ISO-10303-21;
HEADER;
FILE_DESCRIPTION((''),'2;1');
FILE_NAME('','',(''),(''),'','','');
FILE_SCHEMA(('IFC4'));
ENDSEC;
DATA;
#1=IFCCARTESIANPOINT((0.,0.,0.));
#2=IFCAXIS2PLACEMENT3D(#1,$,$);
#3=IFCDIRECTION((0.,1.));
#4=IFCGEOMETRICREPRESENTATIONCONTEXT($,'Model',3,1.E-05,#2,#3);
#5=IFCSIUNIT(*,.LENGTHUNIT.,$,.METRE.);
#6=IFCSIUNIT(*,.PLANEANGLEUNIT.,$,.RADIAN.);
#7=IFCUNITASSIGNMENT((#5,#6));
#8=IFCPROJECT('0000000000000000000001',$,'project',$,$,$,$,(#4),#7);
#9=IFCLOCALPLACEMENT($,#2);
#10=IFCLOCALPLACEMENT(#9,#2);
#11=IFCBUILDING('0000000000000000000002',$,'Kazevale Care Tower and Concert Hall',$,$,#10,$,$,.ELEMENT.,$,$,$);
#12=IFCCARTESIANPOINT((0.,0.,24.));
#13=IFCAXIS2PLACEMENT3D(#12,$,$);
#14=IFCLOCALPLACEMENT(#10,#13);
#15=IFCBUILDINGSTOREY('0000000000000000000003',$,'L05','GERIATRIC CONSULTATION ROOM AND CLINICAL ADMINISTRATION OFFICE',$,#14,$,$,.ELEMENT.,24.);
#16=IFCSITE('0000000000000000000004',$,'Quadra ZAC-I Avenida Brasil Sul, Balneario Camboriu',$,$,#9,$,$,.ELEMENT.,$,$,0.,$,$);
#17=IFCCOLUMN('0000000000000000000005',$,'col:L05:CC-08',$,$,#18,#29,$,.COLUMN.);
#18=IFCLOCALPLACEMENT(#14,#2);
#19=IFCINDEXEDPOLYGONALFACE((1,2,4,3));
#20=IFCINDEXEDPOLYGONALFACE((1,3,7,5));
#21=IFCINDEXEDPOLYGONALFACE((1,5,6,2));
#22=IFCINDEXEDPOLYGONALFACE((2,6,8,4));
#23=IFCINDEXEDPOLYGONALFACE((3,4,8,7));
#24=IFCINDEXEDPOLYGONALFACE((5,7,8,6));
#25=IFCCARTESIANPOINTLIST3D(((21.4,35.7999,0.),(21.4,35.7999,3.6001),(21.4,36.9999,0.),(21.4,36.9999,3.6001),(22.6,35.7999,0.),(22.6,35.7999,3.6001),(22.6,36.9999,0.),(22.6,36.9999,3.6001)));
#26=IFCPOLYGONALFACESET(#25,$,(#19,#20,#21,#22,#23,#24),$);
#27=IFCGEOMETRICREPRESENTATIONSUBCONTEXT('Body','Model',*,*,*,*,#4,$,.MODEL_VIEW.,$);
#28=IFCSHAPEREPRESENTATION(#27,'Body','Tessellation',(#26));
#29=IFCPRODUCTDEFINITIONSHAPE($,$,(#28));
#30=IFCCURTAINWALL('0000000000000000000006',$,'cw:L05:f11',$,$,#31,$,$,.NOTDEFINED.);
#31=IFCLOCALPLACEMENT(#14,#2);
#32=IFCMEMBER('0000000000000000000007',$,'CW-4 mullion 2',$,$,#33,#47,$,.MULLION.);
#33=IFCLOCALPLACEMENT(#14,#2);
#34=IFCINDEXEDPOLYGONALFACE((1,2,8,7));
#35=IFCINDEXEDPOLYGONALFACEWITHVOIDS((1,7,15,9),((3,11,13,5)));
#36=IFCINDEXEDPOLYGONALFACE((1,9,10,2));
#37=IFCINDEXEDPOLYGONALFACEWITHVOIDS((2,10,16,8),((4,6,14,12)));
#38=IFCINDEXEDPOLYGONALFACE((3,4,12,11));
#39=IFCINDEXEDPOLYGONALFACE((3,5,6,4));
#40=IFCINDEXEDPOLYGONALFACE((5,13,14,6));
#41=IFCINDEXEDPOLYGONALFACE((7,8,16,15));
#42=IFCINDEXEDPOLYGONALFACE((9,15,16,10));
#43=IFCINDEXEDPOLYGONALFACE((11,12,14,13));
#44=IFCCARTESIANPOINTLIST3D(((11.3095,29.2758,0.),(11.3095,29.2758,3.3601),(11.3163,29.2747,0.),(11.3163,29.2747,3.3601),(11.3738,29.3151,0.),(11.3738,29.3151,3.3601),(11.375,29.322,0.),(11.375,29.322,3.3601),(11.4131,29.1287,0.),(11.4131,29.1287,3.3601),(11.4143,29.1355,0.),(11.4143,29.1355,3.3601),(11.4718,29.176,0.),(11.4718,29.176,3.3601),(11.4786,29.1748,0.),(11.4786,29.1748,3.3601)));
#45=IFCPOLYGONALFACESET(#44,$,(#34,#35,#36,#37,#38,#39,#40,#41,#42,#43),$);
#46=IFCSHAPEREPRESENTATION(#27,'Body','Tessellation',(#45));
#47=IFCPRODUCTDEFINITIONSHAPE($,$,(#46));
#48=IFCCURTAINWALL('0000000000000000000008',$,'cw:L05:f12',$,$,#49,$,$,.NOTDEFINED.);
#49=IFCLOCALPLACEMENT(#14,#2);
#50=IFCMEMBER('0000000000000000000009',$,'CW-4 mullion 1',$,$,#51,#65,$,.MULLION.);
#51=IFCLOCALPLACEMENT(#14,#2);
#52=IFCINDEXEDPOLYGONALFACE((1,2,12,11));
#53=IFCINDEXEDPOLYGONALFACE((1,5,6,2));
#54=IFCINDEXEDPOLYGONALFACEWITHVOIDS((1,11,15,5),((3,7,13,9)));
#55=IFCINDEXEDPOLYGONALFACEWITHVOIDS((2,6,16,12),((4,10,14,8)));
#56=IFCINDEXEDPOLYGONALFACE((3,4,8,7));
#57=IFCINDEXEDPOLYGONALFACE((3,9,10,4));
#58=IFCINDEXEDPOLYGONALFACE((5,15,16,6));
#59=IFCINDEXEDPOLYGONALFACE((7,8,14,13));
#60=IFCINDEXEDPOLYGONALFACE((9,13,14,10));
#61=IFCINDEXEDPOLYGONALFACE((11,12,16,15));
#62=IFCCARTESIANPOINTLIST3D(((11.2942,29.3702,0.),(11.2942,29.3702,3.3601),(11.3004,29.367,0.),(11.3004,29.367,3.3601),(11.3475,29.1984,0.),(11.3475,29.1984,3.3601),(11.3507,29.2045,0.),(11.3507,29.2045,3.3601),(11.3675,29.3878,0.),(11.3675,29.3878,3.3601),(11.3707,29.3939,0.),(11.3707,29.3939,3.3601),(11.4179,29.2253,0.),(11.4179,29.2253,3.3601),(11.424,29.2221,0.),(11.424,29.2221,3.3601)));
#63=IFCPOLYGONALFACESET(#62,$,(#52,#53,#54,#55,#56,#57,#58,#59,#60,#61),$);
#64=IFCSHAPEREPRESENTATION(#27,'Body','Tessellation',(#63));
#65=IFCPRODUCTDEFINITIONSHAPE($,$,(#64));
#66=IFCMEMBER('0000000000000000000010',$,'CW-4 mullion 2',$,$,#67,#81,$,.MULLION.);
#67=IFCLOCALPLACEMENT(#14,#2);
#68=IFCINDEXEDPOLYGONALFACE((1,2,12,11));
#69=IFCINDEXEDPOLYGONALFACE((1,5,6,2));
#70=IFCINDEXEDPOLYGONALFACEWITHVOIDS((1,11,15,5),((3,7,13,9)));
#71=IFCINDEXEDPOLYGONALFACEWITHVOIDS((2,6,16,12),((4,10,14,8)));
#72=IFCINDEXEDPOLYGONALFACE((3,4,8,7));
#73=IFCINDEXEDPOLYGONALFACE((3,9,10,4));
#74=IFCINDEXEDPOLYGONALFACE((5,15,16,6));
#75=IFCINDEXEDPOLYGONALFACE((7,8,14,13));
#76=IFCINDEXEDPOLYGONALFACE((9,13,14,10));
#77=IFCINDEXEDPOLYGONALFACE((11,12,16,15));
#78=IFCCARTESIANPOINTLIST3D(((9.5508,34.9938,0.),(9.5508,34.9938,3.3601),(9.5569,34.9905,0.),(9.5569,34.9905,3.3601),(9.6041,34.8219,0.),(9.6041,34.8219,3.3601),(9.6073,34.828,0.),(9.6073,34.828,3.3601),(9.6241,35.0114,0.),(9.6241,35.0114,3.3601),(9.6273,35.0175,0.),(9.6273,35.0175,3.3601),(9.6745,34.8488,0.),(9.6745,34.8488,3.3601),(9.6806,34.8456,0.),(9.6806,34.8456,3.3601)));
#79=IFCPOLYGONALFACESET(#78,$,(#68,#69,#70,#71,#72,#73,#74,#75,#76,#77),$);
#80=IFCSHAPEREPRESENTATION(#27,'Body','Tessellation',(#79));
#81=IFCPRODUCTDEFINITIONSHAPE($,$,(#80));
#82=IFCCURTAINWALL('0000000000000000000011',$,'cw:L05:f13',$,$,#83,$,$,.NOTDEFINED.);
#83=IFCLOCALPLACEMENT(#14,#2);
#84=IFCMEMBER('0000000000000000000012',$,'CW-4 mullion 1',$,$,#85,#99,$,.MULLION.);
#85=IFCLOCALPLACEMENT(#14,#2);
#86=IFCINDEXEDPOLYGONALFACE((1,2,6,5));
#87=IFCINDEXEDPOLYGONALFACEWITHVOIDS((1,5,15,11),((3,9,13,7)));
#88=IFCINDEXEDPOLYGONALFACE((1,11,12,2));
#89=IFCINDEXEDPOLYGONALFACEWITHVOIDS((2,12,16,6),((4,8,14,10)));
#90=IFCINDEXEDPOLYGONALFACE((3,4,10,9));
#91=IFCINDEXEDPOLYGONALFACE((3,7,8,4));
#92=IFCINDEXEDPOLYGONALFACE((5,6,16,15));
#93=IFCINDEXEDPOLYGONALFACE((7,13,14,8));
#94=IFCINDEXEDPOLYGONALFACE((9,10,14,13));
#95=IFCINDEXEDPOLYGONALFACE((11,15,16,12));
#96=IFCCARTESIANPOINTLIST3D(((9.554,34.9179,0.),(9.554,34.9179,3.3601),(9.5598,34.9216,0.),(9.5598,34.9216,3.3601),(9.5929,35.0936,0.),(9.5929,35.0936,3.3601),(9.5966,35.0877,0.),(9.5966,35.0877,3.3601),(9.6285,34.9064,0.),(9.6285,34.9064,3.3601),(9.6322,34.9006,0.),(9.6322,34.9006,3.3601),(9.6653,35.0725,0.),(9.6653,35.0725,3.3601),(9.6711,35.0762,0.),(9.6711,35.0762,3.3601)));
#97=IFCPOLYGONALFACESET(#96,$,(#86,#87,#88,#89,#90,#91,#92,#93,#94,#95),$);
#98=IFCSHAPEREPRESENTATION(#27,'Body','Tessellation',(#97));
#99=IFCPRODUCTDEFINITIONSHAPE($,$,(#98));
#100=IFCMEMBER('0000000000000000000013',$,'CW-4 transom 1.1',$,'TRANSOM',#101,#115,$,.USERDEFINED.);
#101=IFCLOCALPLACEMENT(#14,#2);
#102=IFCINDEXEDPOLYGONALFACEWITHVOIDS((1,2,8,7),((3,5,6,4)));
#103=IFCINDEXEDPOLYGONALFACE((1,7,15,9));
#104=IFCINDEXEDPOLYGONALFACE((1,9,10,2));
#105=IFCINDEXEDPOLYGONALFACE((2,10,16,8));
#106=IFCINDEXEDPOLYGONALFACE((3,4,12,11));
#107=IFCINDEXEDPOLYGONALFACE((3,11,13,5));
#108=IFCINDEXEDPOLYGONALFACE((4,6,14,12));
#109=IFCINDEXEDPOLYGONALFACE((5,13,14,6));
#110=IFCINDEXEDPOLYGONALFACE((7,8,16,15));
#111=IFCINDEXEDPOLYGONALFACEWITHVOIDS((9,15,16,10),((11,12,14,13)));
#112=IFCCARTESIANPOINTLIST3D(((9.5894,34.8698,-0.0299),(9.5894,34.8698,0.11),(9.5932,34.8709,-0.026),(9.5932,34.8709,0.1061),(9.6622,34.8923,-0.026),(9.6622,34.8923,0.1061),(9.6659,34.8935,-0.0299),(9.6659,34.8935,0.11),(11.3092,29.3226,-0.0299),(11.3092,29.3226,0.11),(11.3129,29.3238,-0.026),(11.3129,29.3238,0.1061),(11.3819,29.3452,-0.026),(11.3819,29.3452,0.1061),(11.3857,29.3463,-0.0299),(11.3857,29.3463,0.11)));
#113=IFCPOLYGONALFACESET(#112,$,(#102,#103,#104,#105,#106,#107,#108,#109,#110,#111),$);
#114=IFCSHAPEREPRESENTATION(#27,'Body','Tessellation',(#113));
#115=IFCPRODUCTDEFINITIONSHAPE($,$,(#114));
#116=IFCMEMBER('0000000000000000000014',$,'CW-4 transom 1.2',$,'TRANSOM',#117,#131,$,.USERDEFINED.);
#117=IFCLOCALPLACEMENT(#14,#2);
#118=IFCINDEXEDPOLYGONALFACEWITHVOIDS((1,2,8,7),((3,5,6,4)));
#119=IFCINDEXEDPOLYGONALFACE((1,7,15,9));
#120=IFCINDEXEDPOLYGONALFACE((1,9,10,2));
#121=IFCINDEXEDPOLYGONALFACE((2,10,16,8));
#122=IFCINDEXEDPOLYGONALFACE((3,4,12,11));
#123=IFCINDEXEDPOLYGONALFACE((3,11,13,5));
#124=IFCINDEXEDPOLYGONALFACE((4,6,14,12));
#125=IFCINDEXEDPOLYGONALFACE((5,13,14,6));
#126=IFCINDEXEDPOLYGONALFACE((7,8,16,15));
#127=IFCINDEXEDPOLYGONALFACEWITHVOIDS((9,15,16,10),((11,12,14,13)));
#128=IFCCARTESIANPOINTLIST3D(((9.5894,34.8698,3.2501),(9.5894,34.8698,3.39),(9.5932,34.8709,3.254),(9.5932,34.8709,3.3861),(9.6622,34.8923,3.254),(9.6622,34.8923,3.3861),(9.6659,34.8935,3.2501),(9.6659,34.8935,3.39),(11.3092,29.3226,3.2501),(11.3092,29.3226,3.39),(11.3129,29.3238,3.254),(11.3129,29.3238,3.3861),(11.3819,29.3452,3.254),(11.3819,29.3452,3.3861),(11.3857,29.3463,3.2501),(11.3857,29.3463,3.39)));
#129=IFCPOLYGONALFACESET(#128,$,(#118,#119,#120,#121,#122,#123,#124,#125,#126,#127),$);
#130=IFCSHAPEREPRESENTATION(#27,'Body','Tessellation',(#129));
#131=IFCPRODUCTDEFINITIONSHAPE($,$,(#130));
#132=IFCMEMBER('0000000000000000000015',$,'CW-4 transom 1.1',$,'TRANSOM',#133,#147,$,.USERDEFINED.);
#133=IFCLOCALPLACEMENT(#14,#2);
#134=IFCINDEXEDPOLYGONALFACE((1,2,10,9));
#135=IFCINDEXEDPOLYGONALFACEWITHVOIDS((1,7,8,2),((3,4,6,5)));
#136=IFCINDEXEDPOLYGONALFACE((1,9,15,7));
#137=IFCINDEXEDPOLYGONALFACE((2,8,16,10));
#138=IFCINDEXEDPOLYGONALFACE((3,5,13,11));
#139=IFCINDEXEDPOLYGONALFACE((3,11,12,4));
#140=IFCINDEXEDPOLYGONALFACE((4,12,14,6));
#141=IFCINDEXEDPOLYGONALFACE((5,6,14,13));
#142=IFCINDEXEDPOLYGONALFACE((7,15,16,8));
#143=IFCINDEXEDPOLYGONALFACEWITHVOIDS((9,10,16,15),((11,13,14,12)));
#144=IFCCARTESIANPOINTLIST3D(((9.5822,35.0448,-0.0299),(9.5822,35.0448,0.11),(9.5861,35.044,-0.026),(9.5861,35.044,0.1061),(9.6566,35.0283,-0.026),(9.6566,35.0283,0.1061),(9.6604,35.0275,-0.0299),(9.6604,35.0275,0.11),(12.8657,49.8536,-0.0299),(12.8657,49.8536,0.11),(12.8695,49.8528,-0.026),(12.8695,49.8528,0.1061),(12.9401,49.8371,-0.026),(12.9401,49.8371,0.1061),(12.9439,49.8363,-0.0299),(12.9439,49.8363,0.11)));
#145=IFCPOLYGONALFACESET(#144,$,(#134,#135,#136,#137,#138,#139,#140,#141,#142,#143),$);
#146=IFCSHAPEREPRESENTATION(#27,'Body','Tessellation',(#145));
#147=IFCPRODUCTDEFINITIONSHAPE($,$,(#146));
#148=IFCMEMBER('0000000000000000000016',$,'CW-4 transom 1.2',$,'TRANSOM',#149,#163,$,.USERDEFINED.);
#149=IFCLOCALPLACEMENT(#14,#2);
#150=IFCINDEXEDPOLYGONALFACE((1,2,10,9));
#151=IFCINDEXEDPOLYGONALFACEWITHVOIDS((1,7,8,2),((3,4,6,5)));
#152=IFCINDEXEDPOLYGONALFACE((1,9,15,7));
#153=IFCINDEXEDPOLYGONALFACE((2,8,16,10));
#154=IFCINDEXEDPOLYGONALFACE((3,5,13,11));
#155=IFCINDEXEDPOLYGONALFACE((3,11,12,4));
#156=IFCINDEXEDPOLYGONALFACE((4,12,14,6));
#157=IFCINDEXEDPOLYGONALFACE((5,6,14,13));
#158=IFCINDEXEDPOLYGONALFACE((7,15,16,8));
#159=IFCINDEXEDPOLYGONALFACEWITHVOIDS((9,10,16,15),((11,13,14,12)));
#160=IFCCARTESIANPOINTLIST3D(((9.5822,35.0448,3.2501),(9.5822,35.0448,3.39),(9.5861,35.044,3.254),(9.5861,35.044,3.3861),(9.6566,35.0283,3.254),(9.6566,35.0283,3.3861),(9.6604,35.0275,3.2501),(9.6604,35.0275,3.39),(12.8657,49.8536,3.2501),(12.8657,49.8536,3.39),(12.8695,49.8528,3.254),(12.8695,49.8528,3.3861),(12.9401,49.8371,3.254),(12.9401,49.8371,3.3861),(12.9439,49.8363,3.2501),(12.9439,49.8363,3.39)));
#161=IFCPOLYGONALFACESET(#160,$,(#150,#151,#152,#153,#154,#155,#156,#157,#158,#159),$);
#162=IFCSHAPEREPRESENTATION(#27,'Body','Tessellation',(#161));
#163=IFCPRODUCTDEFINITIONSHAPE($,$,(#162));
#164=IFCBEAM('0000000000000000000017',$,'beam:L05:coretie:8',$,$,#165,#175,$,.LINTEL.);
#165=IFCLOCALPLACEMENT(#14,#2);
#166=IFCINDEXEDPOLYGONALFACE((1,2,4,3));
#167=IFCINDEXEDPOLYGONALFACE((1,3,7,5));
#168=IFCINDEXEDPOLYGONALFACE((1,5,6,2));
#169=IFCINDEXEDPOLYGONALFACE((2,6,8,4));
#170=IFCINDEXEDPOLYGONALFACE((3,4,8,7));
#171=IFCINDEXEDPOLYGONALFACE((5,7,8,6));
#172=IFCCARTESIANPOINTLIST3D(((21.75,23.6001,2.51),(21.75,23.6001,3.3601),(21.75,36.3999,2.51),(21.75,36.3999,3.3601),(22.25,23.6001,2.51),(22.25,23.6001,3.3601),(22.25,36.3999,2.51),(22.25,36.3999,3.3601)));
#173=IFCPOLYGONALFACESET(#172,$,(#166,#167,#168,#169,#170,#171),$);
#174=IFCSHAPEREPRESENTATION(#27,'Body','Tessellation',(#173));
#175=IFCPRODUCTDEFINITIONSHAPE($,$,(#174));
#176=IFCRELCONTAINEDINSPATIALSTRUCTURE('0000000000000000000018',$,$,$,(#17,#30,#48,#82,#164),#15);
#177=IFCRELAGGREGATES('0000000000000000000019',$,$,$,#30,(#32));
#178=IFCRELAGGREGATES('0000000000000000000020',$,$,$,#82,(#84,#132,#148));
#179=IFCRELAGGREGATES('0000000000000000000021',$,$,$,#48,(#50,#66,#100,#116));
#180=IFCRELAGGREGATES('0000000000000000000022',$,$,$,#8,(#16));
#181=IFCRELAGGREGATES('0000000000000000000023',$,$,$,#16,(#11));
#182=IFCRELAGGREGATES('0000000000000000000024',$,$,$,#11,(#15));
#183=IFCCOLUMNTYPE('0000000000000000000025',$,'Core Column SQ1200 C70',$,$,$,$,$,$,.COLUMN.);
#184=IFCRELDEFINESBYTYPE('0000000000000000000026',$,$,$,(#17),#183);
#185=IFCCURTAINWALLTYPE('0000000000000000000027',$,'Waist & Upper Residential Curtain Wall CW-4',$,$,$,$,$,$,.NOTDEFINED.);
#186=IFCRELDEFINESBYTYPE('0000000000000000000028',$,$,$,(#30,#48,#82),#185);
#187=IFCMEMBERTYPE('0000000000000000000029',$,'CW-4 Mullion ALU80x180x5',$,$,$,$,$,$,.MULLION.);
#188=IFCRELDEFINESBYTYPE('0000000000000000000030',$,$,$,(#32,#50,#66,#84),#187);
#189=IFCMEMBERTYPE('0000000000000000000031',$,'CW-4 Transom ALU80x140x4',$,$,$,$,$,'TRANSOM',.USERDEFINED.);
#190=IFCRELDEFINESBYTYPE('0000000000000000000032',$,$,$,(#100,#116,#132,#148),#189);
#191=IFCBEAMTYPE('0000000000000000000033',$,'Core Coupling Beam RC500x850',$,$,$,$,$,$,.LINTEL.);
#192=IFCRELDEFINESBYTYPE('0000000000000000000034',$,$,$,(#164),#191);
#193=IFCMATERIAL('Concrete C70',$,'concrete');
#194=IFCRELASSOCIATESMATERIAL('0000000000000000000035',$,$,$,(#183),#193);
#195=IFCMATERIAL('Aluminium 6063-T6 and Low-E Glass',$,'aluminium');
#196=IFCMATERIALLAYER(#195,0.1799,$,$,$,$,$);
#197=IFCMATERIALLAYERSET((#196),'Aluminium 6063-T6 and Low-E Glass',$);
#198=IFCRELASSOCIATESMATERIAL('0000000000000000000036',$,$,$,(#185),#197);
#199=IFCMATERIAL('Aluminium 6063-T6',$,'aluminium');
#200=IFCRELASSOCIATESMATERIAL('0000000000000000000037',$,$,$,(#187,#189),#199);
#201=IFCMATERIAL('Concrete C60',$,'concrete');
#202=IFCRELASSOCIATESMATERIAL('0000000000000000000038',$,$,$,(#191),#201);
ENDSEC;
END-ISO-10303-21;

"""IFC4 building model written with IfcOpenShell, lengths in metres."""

from ifc_helpers import new_model, si_unit, direction, frame, origin, origin_2d, place, context, subcontext, project, spatial, rectangle, hollow_rectangle, extrude, material, layer, layer_set, material_profile, profile_set, type_object, element, aggregate, save


model = new_model("IFC4")

# Units and contexts
model_context = context("Model", 3, precision=1e-05, world=origin(), true_north=direction((0.0, 1.0)))
body_context = subcontext(model_context, "Body", "Model", "MODEL_VIEW")
ifc_project = project(units=[si_unit("LENGTHUNIT", "METRE"), si_unit("PLANEANGLEUNIT", "RADIAN")], contexts=[model_context])

# Site, building, storey
site_placement = place(None, origin())
site = spatial("IfcSite", under=ifc_project, at=site_placement, Name="Quadra ZAC-I Avenida Brasil Sul, Balneario Camboriu", CompositionType="ELEMENT", RefElevation=0.0)
building_placement = place(site_placement, origin())
building = spatial("IfcBuilding", under=site, at=building_placement, Name="Kazevale Care Tower and Concert Hall", CompositionType="ELEMENT")
storey_placement = place(building_placement, frame((0.0, 0.0, 24.0)))
storey = spatial("IfcBuildingStorey", under=building, at=storey_placement, Name="L05", Description="GERIATRIC CONSULTATION ROOM AND CLINICAL ADMINISTRATION OFFICE", CompositionType="ELEMENT", Elevation=24.0)

# Column
ifc_material_1 = material(Name="Concrete C70", Category="concrete")
ifc_material_profile_1 = material_profile(ifc_material_1, rectangle(XDim=1.2, YDim=1.2, at=origin_2d()), Name="RC-SQ1200")
ifc_profile_set_1 = profile_set([ifc_material_profile_1], Name="Concrete C70")
column_type = type_object("IfcColumnType", Name="Core Column SQ1200 C70", PredefinedType="COLUMN", material=ifc_profile_set_1)
column_placement = place(storey_placement, frame((22.0, 36.3999, 0.0), z_axis=(0.0, 0.0, 1.0), x_axis=(1.0, 0.0, 0.0)))
element("IfcColumn", 1, at=column_placement, inside=storey, type_object=column_type, Name="col:L05:CC-08", PredefinedType="COLUMN", context=body_context, shape_type="SweptSolid", body=[
    extrude(rectangle(XDim=1.2, YDim=1.2, at=origin_2d()), origin(), (0.0, 0.0, 1.0), 3.6001),
])

# Curtain wall, member
ifc_material_2 = material(Name="Aluminium 6063-T6 and Low-E Glass", Category="aluminium")
ifc_layer_1 = layer(ifc_material_2, 0.1799)
ifc_layer_set_1 = layer_set([ifc_layer_1], Name="Aluminium 6063-T6 and Low-E Glass")
curtain_wall_type = type_object("IfcCurtainWallType", Name="Waist & Upper Residential Curtain Wall CW-4", PredefinedType="NOTDEFINED", material=ifc_layer_set_1)
curtain_wall_1_placement = place(storey_placement, origin())
curtain_wall_1 = element("IfcCurtainWall", 2, at=curtain_wall_1_placement, inside=storey, type_object=curtain_wall_type, Name="cw:L05:f11", PredefinedType="NOTDEFINED")
ifc_material_3 = material(Name="Aluminium 6063-T6", Category="aluminium")
ifc_material_profile_2 = material_profile(ifc_material_3, hollow_rectangle(XDim=0.0801, YDim=0.1799, WallThickness=0.0049, at=origin_2d()), Name="ALU80x180x5")
ifc_profile_set_2 = profile_set([ifc_material_profile_2], Name="Aluminium 6063-T6")
member_type_1 = type_object("IfcMemberType", Name="CW-4 Mullion ALU80x180x5", PredefinedType="MULLION", material=ifc_profile_set_2)
member_1_placement = place(storey_placement, frame((11.394, 29.2253, 0.0), z_axis=(0.0, 0.0, 1.0), x_axis=(-0.817565, -0.575837, 0.0)))
member_1 = element("IfcMember", 3, at=member_1_placement, type_object=member_type_1, Name="CW-4 mullion 2", PredefinedType="MULLION", context=body_context, shape_type="SweptSolid", body=[
    extrude(hollow_rectangle(XDim=0.0801, YDim=0.1799, WallThickness=0.0049, at=origin_2d()), origin(), (0.0, 0.0, 1.0), 3.3601),
])
aggregate(curtain_wall_1, [member_1])

# Curtain wall, members
curtain_wall_2_placement = place(storey_placement, origin())
curtain_wall_2 = element("IfcCurtainWall", 4, at=curtain_wall_2_placement, inside=storey, type_object=curtain_wall_type, Name="cw:L05:f12", PredefinedType="NOTDEFINED")
member_2_placement = place(storey_placement, frame((11.3591, 29.2961, 0.0), z_axis=(0.0, 0.0, 1.0), x_axis=(-0.955157, -0.296099, 0.0)))
member_2 = element("IfcMember", 5, at=member_2_placement, type_object=member_type_1, Name="CW-4 mullion 1", PredefinedType="MULLION", context=body_context, shape_type="SweptSolid", body=[
    extrude(hollow_rectangle(XDim=0.0801, YDim=0.1799, WallThickness=0.0049, at=origin_2d()), origin(), (0.0, 0.0, 1.0), 3.3601),
])
member_3_placement = place(storey_placement, frame((9.6157, 34.9197, 0.0), z_axis=(0.0, 0.0, 1.0), x_axis=(-0.955157, -0.296099, 0.0)))
member_3 = element("IfcMember", 6, at=member_3_placement, type_object=member_type_1, Name="CW-4 mullion 2", PredefinedType="MULLION", context=body_context, shape_type="SweptSolid", body=[
    extrude(hollow_rectangle(XDim=0.0801, YDim=0.1799, WallThickness=0.0049, at=origin_2d()), origin(), (0.0, 0.0, 1.0), 3.3601),
])

# Curtain wall, member
curtain_wall_3_placement = place(storey_placement, origin())
curtain_wall_3 = element("IfcCurtainWall", 7, at=curtain_wall_3_placement, inside=storey, type_object=curtain_wall_type, Name="cw:L05:f13", PredefinedType="NOTDEFINED")
member_4_placement = place(storey_placement, frame((9.6125, 34.9971, 0.0), z_axis=(0.0, 0.0, 1.0), x_axis=(-0.976291, 0.216461, 0.0)))
member_4 = element("IfcMember", 8, at=member_4_placement, type_object=member_type_1, Name="CW-4 mullion 1", PredefinedType="MULLION", context=body_context, shape_type="SweptSolid", body=[
    extrude(hollow_rectangle(XDim=0.0801, YDim=0.1799, WallThickness=0.0049, at=origin_2d()), origin(), (0.0, 0.0, 1.0), 3.3601),
])

# Members
ifc_material_profile_3 = material_profile(ifc_material_3, hollow_rectangle(XDim=0.0801, YDim=0.1399, WallThickness=0.0039, at=origin_2d()), Name="ALU80x140x4")
ifc_profile_set_3 = profile_set([ifc_material_profile_3], Name="Aluminium 6063-T6")
member_type_2 = type_object("IfcMemberType", Name="CW-4 Transom ALU80x140x4", ElementType="TRANSOM", PredefinedType="USERDEFINED", material=ifc_profile_set_3)
member_5_placement = place(storey_placement, frame((11.3474, 29.3345, 0.04), z_axis=(-0.296118, 0.955152, 0.0), x_axis=(-0.955152, -0.296118, 0.0)))
member_5 = element("IfcMember", 9, at=member_5_placement, type_object=member_type_2, Name="CW-4 transom 1.1", ObjectType="TRANSOM", PredefinedType="USERDEFINED", context=body_context, shape_type="SweptSolid", body=[
    extrude(hollow_rectangle(XDim=0.0801, YDim=0.1399, WallThickness=0.0039, at=origin_2d()), origin(), (0.0, 0.0, 1.0), 5.8076),
])
member_6_placement = place(storey_placement, frame((11.3474, 29.3345, 3.3201), z_axis=(-0.296118, 0.955152, 0.0), x_axis=(-0.955152, -0.296118, 0.0)))
member_6 = element("IfcMember", 10, at=member_6_placement, type_object=member_type_2, Name="CW-4 transom 1.2", ObjectType="TRANSOM", PredefinedType="USERDEFINED", context=body_context, shape_type="SweptSolid", body=[
    extrude(hollow_rectangle(XDim=0.0801, YDim=0.1399, WallThickness=0.0039, at=origin_2d()), origin(), (0.0, 0.0, 1.0), 5.8076),
])
member_7_placement = place(storey_placement, frame((9.6213, 35.0361, 0.04), z_axis=(0.216465, 0.97629, 0.0), x_axis=(-0.97629, 0.216465, 0.0)))
member_7 = element("IfcMember", 11, at=member_7_placement, type_object=member_type_2, Name="CW-4 transom 1.1", ObjectType="TRANSOM", PredefinedType="USERDEFINED", context=body_context, shape_type="SweptSolid", body=[
    extrude(hollow_rectangle(XDim=0.0801, YDim=0.1399, WallThickness=0.0039, at=origin_2d()), origin(), (0.0, 0.0, 1.0), 15.1685),
])
member_8_placement = place(storey_placement, frame((9.6213, 35.0361, 3.3201), z_axis=(0.216465, 0.97629, 0.0), x_axis=(-0.97629, 0.216465, 0.0)))
member_8 = element("IfcMember", 12, at=member_8_placement, type_object=member_type_2, Name="CW-4 transom 1.2", ObjectType="TRANSOM", PredefinedType="USERDEFINED", context=body_context, shape_type="SweptSolid", body=[
    extrude(hollow_rectangle(XDim=0.0801, YDim=0.1399, WallThickness=0.0039, at=origin_2d()), origin(), (0.0, 0.0, 1.0), 15.1685),
])
aggregate(curtain_wall_3, [member_4, member_7, member_8])

# Beam
ifc_material_4 = material(Name="Concrete C60", Category="concrete")
ifc_material_profile_4 = material_profile(ifc_material_4, rectangle(XDim=0.5, YDim=0.8501, at=origin_2d()), Name="RC-B500x850")
ifc_profile_set_4 = profile_set([ifc_material_profile_4], Name="Concrete C60")
beam_type_1 = type_object("IfcBeamType", Name="Core Coupling Beam RC500x850", PredefinedType="LINTEL", material=ifc_profile_set_4)
beam_1_placement = place(storey_placement, frame((22.0, 36.3999, 2.9351), z_axis=(0.0, -1.0, 0.0), x_axis=(1.0, 0.0, 0.0)))
element("IfcBeam", 13, at=beam_1_placement, inside=storey, type_object=beam_type_1, Name="beam:L05:coretie:8", PredefinedType="LINTEL", context=body_context, shape_type="SweptSolid", body=[
    extrude(rectangle(XDim=0.5, YDim=0.8501, at=origin_2d()), origin(), (0.0, 0.0, 1.0), 12.7998),
])

aggregate(curtain_wall_2, [member_2, member_3, member_5, member_6])

save(model, "model.ifc")
